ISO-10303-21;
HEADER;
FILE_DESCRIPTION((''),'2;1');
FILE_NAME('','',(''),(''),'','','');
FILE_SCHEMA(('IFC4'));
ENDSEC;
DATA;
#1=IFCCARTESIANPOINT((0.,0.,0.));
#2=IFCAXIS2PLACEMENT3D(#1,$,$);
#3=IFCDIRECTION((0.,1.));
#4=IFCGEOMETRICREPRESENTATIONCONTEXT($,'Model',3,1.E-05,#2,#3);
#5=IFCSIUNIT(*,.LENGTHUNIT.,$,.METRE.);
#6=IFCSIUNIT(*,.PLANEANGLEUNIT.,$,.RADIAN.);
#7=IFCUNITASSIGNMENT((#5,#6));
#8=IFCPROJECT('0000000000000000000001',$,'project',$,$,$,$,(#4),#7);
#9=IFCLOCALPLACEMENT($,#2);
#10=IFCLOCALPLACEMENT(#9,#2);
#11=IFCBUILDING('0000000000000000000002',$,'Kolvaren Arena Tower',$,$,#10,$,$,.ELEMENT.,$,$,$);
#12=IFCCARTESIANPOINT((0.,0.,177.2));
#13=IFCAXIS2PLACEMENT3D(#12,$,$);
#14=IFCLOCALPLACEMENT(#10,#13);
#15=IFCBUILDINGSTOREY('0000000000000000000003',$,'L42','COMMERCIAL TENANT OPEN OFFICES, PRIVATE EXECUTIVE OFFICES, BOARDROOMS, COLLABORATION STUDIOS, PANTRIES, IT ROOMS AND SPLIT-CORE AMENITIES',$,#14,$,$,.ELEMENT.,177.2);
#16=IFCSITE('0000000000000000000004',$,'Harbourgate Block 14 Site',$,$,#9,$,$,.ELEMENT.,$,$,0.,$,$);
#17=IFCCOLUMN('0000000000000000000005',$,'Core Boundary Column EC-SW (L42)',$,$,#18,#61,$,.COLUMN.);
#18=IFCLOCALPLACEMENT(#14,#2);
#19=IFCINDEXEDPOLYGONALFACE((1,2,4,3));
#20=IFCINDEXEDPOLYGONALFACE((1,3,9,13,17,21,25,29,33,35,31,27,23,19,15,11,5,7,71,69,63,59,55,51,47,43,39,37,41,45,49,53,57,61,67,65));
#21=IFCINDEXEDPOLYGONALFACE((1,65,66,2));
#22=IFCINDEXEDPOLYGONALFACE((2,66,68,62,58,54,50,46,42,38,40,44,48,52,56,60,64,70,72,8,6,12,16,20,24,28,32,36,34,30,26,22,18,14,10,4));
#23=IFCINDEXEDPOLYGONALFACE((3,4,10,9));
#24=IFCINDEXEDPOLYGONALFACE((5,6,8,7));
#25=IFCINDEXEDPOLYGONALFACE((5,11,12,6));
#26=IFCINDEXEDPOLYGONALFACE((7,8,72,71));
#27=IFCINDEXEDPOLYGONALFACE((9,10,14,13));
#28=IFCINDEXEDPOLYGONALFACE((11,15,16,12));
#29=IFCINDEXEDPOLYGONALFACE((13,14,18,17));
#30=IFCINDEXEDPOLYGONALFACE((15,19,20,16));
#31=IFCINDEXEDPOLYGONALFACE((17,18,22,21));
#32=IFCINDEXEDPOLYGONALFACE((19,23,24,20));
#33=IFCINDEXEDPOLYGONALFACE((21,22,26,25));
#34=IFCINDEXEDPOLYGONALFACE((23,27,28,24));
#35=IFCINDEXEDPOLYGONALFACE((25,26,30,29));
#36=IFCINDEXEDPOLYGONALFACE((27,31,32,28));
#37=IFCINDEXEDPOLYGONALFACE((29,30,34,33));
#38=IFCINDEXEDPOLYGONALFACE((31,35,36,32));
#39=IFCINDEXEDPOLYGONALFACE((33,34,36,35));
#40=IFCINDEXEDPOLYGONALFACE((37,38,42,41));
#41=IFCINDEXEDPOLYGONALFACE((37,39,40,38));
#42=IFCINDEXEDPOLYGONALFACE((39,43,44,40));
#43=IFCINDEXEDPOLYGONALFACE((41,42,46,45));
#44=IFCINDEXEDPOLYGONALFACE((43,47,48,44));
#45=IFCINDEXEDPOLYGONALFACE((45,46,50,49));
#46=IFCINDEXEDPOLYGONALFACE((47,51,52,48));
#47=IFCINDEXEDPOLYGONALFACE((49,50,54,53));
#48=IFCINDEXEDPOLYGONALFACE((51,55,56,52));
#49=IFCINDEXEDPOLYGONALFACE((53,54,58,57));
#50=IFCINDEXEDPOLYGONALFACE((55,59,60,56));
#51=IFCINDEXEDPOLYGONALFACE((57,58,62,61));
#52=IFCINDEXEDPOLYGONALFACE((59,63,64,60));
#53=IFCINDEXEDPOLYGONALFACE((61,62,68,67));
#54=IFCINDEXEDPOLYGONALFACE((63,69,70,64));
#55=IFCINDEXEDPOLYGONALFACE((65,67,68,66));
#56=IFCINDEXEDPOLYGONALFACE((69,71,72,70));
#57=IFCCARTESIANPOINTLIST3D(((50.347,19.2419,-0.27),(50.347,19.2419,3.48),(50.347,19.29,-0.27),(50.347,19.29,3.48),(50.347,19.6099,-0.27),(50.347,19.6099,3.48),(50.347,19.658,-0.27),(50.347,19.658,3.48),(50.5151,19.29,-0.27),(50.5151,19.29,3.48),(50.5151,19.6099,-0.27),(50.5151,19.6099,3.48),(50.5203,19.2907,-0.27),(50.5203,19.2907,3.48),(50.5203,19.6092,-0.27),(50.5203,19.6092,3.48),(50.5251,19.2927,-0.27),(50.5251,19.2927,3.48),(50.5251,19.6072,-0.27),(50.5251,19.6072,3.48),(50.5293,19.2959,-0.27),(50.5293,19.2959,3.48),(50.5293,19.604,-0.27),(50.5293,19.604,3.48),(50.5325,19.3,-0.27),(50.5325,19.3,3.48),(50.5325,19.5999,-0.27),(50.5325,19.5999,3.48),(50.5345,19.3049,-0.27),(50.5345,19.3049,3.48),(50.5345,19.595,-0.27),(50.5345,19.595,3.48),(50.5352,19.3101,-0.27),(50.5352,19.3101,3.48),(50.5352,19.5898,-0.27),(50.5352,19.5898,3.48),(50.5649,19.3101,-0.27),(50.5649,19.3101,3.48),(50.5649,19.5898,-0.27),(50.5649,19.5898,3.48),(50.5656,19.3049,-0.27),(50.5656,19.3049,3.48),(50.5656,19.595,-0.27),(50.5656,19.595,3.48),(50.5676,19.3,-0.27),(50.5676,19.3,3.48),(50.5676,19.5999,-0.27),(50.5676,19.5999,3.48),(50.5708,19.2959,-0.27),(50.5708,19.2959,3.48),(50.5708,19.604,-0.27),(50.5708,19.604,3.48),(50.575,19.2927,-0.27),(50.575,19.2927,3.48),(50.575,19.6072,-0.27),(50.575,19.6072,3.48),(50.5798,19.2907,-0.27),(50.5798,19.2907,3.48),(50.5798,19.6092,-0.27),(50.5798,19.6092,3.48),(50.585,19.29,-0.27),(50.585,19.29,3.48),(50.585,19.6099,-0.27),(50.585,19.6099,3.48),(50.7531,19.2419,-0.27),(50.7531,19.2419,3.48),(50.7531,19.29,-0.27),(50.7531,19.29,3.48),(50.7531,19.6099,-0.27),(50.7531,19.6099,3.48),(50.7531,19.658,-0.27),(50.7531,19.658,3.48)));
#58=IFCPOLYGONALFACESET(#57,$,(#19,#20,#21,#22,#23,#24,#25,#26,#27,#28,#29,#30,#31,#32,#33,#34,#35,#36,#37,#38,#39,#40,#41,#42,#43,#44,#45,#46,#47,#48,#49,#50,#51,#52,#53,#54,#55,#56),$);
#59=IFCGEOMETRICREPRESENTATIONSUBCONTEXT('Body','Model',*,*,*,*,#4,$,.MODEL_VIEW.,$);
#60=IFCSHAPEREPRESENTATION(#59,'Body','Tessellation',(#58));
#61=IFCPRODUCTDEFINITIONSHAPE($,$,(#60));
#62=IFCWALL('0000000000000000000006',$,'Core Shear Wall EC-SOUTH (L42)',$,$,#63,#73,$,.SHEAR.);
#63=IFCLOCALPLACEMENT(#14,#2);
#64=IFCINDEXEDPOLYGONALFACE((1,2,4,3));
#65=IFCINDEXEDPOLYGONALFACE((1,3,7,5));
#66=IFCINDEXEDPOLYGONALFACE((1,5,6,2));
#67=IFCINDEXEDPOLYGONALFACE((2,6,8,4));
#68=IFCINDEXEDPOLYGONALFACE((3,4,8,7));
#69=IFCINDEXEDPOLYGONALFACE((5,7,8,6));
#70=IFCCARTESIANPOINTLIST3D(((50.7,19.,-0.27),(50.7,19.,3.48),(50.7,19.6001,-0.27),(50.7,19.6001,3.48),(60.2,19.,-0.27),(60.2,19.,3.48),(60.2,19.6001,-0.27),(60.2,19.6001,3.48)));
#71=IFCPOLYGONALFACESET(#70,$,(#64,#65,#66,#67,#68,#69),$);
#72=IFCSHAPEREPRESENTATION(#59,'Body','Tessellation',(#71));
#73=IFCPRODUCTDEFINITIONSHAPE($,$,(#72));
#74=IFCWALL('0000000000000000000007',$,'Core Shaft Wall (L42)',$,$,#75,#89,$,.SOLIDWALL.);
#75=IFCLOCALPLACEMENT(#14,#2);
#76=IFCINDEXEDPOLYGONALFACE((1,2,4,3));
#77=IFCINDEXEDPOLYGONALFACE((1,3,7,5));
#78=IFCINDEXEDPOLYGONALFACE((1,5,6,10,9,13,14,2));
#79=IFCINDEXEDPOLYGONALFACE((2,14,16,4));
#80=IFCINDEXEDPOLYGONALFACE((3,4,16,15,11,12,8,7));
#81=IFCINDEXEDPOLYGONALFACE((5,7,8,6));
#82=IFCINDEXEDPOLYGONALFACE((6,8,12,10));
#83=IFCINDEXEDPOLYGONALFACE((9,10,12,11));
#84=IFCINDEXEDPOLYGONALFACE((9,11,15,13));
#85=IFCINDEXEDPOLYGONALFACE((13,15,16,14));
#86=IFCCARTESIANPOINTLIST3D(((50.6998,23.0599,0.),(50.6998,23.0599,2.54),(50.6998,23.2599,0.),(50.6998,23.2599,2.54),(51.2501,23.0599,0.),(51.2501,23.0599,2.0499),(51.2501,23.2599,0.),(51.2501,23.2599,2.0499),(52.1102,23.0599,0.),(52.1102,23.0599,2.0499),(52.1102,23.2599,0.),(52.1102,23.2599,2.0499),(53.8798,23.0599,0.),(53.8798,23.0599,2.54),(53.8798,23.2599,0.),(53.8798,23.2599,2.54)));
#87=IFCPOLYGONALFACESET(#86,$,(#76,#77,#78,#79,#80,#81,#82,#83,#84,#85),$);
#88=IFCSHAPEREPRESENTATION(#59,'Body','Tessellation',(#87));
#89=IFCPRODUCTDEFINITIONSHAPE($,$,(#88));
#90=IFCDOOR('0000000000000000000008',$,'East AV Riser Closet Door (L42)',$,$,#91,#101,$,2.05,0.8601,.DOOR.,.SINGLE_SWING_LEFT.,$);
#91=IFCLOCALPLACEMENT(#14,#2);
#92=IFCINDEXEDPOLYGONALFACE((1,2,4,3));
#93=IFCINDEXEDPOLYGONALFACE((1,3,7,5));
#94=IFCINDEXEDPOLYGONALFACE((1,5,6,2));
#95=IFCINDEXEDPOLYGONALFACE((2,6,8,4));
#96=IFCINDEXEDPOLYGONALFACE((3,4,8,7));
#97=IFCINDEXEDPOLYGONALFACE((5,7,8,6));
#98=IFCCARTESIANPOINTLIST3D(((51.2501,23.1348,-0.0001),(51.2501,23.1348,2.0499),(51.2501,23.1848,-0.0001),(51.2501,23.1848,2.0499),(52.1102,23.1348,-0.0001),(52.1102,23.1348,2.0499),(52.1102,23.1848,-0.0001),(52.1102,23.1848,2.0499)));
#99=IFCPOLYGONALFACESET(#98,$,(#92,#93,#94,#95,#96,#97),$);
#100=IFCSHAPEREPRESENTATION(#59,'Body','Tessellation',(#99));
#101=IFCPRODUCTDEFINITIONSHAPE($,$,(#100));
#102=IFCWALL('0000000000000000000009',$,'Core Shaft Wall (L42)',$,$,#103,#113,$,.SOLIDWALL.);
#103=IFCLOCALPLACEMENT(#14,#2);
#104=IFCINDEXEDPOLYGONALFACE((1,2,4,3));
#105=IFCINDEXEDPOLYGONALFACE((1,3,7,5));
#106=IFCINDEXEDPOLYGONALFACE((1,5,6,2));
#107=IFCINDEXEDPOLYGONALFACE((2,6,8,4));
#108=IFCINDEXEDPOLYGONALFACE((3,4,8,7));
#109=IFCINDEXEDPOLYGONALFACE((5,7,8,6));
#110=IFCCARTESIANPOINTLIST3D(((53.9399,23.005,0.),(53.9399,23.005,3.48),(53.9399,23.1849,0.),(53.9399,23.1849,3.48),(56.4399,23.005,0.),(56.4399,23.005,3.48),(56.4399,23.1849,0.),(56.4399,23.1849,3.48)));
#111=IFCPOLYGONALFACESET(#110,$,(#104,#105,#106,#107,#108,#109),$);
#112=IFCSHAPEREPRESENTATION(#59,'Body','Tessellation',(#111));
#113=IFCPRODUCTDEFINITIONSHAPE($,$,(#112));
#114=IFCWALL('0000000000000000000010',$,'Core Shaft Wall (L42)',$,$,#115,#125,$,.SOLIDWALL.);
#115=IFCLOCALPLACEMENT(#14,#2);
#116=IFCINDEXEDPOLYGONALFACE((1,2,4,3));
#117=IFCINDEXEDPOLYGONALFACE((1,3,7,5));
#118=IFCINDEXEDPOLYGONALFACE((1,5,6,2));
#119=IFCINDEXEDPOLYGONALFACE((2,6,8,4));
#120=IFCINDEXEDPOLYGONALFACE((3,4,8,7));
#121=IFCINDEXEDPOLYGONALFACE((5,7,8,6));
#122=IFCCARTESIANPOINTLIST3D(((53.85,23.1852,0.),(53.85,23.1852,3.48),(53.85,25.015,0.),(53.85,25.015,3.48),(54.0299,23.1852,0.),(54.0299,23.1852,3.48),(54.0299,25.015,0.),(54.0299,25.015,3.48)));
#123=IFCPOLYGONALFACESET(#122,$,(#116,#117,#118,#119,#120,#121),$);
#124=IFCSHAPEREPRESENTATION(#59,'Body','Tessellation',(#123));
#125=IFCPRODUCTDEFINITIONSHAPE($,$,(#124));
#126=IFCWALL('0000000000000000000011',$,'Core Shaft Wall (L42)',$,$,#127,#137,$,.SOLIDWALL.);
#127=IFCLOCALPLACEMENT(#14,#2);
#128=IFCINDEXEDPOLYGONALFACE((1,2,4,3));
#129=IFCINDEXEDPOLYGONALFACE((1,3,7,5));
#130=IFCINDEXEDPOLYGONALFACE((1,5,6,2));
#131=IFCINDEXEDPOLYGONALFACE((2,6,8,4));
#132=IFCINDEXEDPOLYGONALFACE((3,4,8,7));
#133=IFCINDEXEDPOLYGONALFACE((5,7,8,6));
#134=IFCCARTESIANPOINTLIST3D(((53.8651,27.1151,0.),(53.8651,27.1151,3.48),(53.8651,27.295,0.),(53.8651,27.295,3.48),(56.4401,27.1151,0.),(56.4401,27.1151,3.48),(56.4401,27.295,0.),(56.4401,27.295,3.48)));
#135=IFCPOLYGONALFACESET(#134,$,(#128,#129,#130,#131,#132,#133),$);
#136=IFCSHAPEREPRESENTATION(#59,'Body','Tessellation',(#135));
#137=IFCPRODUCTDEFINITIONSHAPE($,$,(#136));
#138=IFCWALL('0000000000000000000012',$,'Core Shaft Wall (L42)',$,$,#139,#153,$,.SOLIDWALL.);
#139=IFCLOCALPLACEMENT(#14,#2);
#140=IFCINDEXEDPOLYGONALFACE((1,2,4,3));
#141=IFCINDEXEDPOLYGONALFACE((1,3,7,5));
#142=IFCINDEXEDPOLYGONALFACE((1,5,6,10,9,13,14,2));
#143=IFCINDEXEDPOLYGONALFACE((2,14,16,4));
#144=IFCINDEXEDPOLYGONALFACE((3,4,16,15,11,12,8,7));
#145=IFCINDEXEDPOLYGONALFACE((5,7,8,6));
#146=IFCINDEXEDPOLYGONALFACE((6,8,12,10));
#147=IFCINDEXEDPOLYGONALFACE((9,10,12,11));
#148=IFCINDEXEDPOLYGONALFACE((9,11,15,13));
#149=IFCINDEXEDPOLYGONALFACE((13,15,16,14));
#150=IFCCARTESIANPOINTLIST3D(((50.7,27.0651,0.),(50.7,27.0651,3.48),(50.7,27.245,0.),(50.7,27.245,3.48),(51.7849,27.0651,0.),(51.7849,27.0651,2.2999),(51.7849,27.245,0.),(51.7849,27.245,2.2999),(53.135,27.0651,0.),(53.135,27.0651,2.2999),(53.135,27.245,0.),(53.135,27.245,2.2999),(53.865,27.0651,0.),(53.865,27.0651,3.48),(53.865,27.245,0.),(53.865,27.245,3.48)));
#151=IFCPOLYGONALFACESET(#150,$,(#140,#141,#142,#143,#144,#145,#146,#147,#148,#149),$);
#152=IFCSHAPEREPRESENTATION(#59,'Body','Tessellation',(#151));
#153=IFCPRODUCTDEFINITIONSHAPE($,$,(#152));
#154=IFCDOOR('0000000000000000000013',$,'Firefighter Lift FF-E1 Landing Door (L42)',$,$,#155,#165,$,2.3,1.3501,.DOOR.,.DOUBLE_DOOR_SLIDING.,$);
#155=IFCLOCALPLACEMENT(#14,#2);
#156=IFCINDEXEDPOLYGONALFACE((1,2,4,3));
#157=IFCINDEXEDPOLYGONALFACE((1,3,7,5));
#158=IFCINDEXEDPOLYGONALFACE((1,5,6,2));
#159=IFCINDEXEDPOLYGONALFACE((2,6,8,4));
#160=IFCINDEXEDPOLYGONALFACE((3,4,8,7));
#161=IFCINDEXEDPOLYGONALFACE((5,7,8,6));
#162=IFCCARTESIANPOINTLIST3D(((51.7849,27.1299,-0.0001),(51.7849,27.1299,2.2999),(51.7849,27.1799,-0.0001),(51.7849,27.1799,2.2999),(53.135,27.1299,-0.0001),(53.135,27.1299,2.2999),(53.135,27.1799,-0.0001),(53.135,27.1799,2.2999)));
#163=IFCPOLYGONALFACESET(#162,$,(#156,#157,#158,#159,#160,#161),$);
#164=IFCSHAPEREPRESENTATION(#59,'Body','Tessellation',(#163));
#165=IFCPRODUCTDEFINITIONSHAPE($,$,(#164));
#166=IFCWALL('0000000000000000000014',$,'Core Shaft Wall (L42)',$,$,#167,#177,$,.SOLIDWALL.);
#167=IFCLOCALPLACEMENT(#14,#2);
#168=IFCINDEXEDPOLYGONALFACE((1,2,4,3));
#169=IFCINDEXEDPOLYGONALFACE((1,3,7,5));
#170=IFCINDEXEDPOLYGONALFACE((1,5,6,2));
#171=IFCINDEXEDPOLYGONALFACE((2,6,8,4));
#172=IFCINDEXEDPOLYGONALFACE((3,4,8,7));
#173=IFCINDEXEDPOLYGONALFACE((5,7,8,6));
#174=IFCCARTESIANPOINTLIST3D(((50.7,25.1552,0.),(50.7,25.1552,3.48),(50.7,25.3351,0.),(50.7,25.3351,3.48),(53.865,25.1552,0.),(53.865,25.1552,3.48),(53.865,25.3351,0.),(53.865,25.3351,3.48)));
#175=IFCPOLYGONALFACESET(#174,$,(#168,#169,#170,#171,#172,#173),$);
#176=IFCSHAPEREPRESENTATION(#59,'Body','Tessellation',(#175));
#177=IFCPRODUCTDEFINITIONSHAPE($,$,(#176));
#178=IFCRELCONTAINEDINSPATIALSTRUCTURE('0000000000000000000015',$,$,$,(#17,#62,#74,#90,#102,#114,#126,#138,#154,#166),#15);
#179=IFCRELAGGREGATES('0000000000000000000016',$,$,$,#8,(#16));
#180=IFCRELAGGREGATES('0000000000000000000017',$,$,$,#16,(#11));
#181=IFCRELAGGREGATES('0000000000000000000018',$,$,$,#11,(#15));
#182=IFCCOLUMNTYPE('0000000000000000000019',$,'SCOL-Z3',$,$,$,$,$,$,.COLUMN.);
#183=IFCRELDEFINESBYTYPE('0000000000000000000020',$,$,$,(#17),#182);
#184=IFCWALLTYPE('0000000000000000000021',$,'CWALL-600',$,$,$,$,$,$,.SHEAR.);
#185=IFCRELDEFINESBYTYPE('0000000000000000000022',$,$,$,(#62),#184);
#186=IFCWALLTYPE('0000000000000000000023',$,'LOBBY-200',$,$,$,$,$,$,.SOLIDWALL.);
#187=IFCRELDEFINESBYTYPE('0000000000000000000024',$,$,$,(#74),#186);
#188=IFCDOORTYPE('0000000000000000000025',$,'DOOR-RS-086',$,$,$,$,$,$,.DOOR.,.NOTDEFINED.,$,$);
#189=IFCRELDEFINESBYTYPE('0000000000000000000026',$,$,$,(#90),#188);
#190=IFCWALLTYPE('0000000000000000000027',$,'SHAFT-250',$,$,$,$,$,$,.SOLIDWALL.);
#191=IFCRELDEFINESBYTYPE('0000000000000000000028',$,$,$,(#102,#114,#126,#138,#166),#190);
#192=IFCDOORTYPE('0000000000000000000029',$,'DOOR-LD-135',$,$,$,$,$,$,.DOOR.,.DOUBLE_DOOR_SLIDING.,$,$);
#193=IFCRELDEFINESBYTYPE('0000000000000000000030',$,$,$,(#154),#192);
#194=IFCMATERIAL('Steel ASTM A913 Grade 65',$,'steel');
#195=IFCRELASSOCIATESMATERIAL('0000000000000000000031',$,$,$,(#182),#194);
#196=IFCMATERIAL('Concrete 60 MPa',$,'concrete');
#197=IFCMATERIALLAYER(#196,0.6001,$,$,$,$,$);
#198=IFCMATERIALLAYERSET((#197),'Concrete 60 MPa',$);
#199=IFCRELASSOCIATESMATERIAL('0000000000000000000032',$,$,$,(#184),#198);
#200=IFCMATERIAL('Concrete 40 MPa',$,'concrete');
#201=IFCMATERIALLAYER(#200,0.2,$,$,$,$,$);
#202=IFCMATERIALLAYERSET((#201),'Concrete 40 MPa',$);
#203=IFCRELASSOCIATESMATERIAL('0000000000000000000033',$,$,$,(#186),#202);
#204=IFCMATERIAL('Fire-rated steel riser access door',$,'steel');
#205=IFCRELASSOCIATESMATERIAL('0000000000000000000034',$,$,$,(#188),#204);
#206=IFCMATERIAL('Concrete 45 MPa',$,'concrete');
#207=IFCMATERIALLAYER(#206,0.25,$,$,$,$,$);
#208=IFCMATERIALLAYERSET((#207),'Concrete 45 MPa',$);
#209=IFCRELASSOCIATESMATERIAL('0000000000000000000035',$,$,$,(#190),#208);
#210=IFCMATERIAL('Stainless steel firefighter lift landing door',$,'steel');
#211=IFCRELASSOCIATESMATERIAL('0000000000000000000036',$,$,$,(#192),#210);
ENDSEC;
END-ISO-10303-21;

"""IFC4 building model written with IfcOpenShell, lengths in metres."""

from ifc_helpers import new_model, si_unit, direction, frame, frame_2d, origin, origin_2d, place, context, subcontext, project, spatial, rectangle, i_section, extrude, material, layer, layer_set, material_profile, profile_set, type_object, element, fill, save


model = new_model("IFC4")

# Units and contexts
model_context = context("Model", 3, precision=1e-05, world=origin(), true_north=direction((0.0, 1.0)))
body_context = subcontext(model_context, "Body", "Model", "MODEL_VIEW")
ifc_project = project(units=[si_unit("LENGTHUNIT", "METRE"), si_unit("PLANEANGLEUNIT", "RADIAN")], contexts=[model_context])

# Site, building, storey
site_placement = place(None, origin())
site = spatial("IfcSite", under=ifc_project, at=site_placement, Name="Harbourgate Block 14 Site", CompositionType="ELEMENT", RefElevation=0.0)
building_placement = place(site_placement, origin())
building = spatial("IfcBuilding", under=site, at=building_placement, Name="Kolvaren Arena Tower", CompositionType="ELEMENT")
storey_placement = place(building_placement, frame((0.0, 0.0, 177.2)))
storey = spatial("IfcBuildingStorey", under=building, at=storey_placement, Name="L42", Description="COMMERCIAL TENANT OPEN OFFICES, PRIVATE EXECUTIVE OFFICES, BOARDROOMS, COLLABORATION STUDIOS, PANTRIES, IT ROOMS AND SPLIT-CORE AMENITIES", CompositionType="ELEMENT", Elevation=177.2)

# Column
ifc_material_1 = material(Name="Steel ASTM A913 Grade 65", Category="steel")
ifc_material_profile = material_profile(ifc_material_1, i_section(OverallWidth=0.406, OverallDepth=0.416, WebThickness=0.0298, FlangeThickness=0.0481, FilletRadius=0.02, at=origin_2d()), Name="W360x382")
ifc_profile_set = profile_set([ifc_material_profile], Name="Steel ASTM A913 Grade 65")
column_type = type_object("IfcColumnType", Name="SCOL-Z3", PredefinedType="COLUMN", material=ifc_profile_set)
column_placement = place(storey_placement, frame((50.55, 19.45, -0.27), z_axis=(0.0, 0.0, 1.0), x_axis=(1.0, 0.0, 0.0)))
element("IfcColumn", 1, at=column_placement, inside=storey, type_object=column_type, Name="Core Boundary Column EC-SW (L42)", PredefinedType="COLUMN", context=body_context, shape_type="SweptSolid", body=[
    extrude(i_section(OverallWidth=0.406, OverallDepth=0.416, WebThickness=0.0298, FlangeThickness=0.0481, FilletRadius=0.02, at=origin_2d()), origin(), (0.0, 0.0, 1.0), 3.75),
])

# Wall
ifc_material_2 = material(Name="Concrete 60 MPa", Category="concrete")
ifc_layer_1 = layer(ifc_material_2, 0.6001)
ifc_layer_set_1 = layer_set([ifc_layer_1], Name="Concrete 60 MPa")
wall_type_1 = type_object("IfcWallType", Name="CWALL-600", PredefinedType="SHEAR", material=ifc_layer_set_1)
wall_1_placement = place(storey_placement, frame((50.7, 19.3, -0.27), z_axis=(0.0, 0.0, 1.0), x_axis=(1.0, 0.0, 0.0)))
element("IfcWall", 2, at=wall_1_placement, inside=storey, type_object=wall_type_1, Name="Core Shear Wall EC-SOUTH (L42)", PredefinedType="SHEAR", context=body_context, shape_type="SweptSolid", body=[
    extrude(rectangle(XDim=9.5, YDim=0.6001, at=frame_2d((4.75, 0.0))), origin(), (0.0, 0.0, 1.0), 3.75),
])

# Shared definitions
ifc_material_3 = material(Name="Concrete 40 MPa", Category="concrete")
ifc_layer_2 = layer(ifc_material_3, 0.2)
ifc_layer_set_2 = layer_set([ifc_layer_2], Name="Concrete 40 MPa")
wall_type_2 = type_object("IfcWallType", Name="LOBBY-200", PredefinedType="SOLIDWALL", material=ifc_layer_set_2)

# Wall, opening, door
wall_2_placement = place(storey_placement, frame((50.7, 23.1599, 0.0), z_axis=(0.0, 0.0, 1.0), x_axis=(1.0, 0.0, 0.0)))
wall_2 = element("IfcWall", 3, at=wall_2_placement, inside=storey, type_object=wall_type_2, Name="Core Shaft Wall (L42)", PredefinedType="SOLIDWALL", context=body_context, shape_type="SweptSolid", body=[
    extrude(rectangle(XDim=3.1799, YDim=0.2, at=frame_2d((1.5898, 0.0))), origin(), (0.0, 0.0, 1.0), 2.54),
])
opening_1_placement = place(wall_2_placement, frame((0.55, 0.0, 0.0)))
opening_1 = element("IfcOpeningElement", 4, at=opening_1_placement, cuts=wall_2, PredefinedType="OPENING", context=body_context, shape_type="SweptSolid", body=[
    extrude(rectangle(XDim=0.8601, YDim=2.05, at=frame_2d((0.4302, 1.0249))), frame((0.0, 0.1099, 0.0), z_axis=(0.0, -1.0, 0.0), x_axis=(1.0, 0.0, 0.0)), (0.0, 0.0, 1.0), 0.22),
])
ifc_material_4 = material(Name="Fire-rated steel riser access door", Category="steel")
door_type_1 = type_object("IfcDoorType", Name="DOOR-RS-086", OperationType="NOTDEFINED", PredefinedType="DOOR", material=ifc_material_4)
door_1_placement = place(opening_1_placement, origin())
door_1 = element("IfcDoor", 5, at=door_1_placement, inside=storey, type_object=door_type_1, Name="East AV Riser Closet Door (L42)", OperationType="SINGLE_SWING_LEFT", OverallHeight=2.05, OverallWidth=0.8601, PredefinedType="DOOR", context=body_context, shape_type="SweptSolid", body=[
    extrude(rectangle(XDim=0.8601, YDim=2.05, at=frame_2d((0.4302, 1.0249))), frame((0.0, 0.0249, 0.0), z_axis=(0.0, -1.0, 0.0), x_axis=(1.0, 0.0, 0.0)), (0.0, 0.0, 1.0), 0.05),
])
fill(opening_1, door_1)

# Walls
ifc_material_5 = material(Name="Concrete 45 MPa", Category="concrete")
ifc_layer_3 = layer(ifc_material_5, 0.25)
ifc_layer_set_3 = layer_set([ifc_layer_3], Name="Concrete 45 MPa")
wall_type_3 = type_object("IfcWallType", Name="SHAFT-250", PredefinedType="SOLIDWALL", material=ifc_layer_set_3)
wall_3_placement = place(storey_placement, frame((53.9399, 23.095, 0.0), z_axis=(0.0, 0.0, 1.0), x_axis=(1.0, 0.0, 0.0)))
element("IfcWall", 6, at=wall_3_placement, inside=storey, type_object=wall_type_3, Name="Core Shaft Wall (L42)", PredefinedType="SOLIDWALL", context=body_context, shape_type="SweptSolid", body=[
    extrude(rectangle(XDim=2.5, YDim=0.1799, at=frame_2d((1.25, 0.0))), origin(), (0.0, 0.0, 1.0), 3.48),
])
wall_4_placement = place(storey_placement, frame((53.9399, 23.1851, 0.0), z_axis=(0.0, 0.0, 1.0), x_axis=(0.0, 1.0, 0.0)))
element("IfcWall", 7, at=wall_4_placement, inside=storey, type_object=wall_type_3, Name="Core Shaft Wall (L42)", PredefinedType="SOLIDWALL", context=body_context, shape_type="SweptSolid", body=[
    extrude(rectangle(XDim=1.8298, YDim=0.1799, at=frame_2d((0.915, 0.0))), origin(), (0.0, 0.0, 1.0), 3.48),
])
wall_5_placement = place(storey_placement, frame((53.865, 27.2051, 0.0), z_axis=(0.0, 0.0, 1.0), x_axis=(1.0, 0.0, 0.0)))
element("IfcWall", 8, at=wall_5_placement, inside=storey, type_object=wall_type_3, Name="Core Shaft Wall (L42)", PredefinedType="SOLIDWALL", context=body_context, shape_type="SweptSolid", body=[
    extrude(rectangle(XDim=2.575, YDim=0.1799, at=frame_2d((1.2876, 0.0))), origin(), (0.0, 0.0, 1.0), 3.48),
])

# Wall, opening, door
wall_6_placement = place(storey_placement, frame((50.7, 27.155, 0.0), z_axis=(0.0, 0.0, 1.0), x_axis=(1.0, 0.0, 0.0)))
wall_6 = element("IfcWall", 9, at=wall_6_placement, inside=storey, type_object=wall_type_3, Name="Core Shaft Wall (L42)", PredefinedType="SOLIDWALL", context=body_context, shape_type="SweptSolid", body=[
    extrude(rectangle(XDim=3.165, YDim=0.1799, at=frame_2d((1.5825, 0.0))), origin(), (0.0, 0.0, 1.0), 3.48),
])
opening_2_placement = place(wall_6_placement, frame((1.085, 0.0, 0.0)))
opening_2 = element("IfcOpeningElement", 10, at=opening_2_placement, cuts=wall_6, PredefinedType="OPENING", context=body_context, shape_type="SweptSolid", body=[
    extrude(rectangle(XDim=1.3501, YDim=2.3, at=frame_2d((0.675, 1.1499))), frame((0.0, 0.0999, 0.0), z_axis=(0.0, -1.0, 0.0), x_axis=(1.0, 0.0, 0.0)), (0.0, 0.0, 1.0), 0.2),
])
ifc_material_6 = material(Name="Stainless steel firefighter lift landing door", Category="steel")
door_type_2 = type_object("IfcDoorType", Name="DOOR-LD-135", OperationType="DOUBLE_DOOR_SLIDING", PredefinedType="DOOR", material=ifc_material_6)
door_2_placement = place(opening_2_placement, origin())
door_2 = element("IfcDoor", 11, at=door_2_placement, inside=storey, type_object=door_type_2, Name="Firefighter Lift FF-E1 Landing Door (L42)", OperationType="DOUBLE_DOOR_SLIDING", OverallHeight=2.3, OverallWidth=1.3501, PredefinedType="DOOR", context=body_context, shape_type="SweptSolid", body=[
    extrude(rectangle(XDim=1.3501, YDim=2.3, at=frame_2d((0.675, 1.1499))), frame((0.0, 0.0249, 0.0), z_axis=(0.0, -1.0, 0.0), x_axis=(1.0, 0.0, 0.0)), (0.0, 0.0, 1.0), 0.05),
])
fill(opening_2, door_2)

# Wall
wall_7_placement = place(storey_placement, frame((50.7, 25.2451, 0.0), z_axis=(0.0, 0.0, 1.0), x_axis=(1.0, 0.0, 0.0)))
element("IfcWall", 12, at=wall_7_placement, inside=storey, type_object=wall_type_3, Name="Core Shaft Wall (L42)", PredefinedType="SOLIDWALL", context=body_context, shape_type="SweptSolid", body=[
    extrude(rectangle(XDim=3.165, YDim=0.1799, at=frame_2d((1.5825, 0.0))), origin(), (0.0, 0.0, 1.0), 3.48),
])

save(model, "model.ifc")
